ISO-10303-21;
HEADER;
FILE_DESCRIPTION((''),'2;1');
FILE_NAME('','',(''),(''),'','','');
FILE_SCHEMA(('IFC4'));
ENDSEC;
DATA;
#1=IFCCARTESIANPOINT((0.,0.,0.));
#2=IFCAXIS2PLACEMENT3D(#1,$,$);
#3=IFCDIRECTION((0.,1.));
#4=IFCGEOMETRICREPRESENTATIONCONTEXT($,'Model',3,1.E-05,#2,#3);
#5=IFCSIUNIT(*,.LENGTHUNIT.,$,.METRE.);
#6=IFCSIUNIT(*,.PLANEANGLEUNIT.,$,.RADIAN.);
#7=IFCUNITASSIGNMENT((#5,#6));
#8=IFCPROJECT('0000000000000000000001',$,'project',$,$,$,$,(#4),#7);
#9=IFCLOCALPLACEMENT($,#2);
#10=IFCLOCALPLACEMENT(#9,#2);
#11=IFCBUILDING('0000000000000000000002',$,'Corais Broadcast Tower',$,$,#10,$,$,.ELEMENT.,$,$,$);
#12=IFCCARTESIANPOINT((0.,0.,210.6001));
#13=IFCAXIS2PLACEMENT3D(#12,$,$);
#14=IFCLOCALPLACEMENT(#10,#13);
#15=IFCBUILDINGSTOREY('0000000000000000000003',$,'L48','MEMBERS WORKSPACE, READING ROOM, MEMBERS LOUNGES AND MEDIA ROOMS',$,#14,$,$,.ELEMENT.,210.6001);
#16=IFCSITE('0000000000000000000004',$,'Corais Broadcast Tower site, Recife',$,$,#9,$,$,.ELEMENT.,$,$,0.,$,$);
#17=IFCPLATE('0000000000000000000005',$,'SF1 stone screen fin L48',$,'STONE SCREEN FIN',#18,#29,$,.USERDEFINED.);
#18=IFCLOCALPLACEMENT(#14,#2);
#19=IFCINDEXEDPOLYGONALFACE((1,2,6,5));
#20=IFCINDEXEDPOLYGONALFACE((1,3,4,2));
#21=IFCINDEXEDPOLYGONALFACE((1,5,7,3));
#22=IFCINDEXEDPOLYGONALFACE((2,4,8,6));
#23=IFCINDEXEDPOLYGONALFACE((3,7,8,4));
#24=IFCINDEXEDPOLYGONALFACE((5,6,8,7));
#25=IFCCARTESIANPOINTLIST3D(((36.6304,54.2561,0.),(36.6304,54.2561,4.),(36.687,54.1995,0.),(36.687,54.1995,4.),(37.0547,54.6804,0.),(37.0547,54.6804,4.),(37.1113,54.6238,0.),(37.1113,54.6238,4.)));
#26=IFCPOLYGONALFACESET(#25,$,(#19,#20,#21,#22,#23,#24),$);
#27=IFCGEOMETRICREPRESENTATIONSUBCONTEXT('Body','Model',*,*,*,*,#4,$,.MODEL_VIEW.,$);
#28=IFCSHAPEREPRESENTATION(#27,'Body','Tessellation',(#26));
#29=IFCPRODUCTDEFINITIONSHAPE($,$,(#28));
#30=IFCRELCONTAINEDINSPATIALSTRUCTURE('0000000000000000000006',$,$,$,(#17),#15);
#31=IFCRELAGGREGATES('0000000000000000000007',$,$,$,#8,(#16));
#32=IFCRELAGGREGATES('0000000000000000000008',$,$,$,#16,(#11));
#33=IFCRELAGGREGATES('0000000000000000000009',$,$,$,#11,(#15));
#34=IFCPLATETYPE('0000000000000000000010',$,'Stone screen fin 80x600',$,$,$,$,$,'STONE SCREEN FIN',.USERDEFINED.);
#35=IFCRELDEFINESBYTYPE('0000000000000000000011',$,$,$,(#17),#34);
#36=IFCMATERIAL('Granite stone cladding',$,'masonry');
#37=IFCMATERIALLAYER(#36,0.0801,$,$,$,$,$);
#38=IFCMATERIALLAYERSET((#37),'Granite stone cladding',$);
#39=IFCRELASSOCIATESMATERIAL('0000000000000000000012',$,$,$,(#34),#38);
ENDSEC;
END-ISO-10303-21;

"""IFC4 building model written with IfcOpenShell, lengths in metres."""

from ifc_helpers import new_model, si_unit, direction, frame, origin, origin_2d, place, context, subcontext, project, spatial, rectangle, extrude, material, layer, layer_set, type_object, element, save


model = new_model("IFC4")

# Units and contexts
model_context = context("Model", 3, precision=1e-05, world=origin(), true_north=direction((0.0, 1.0)))
body_context = subcontext(model_context, "Body", "Model", "MODEL_VIEW")
ifc_project = project(units=[si_unit("LENGTHUNIT", "METRE"), si_unit("PLANEANGLEUNIT", "RADIAN")], contexts=[model_context])

# Site, building, storey
site_placement = place(None, origin())
site = spatial("IfcSite", under=ifc_project, at=site_placement, Name="Corais Broadcast Tower site, Recife", CompositionType="ELEMENT", RefElevation=0.0)
building_placement = place(site_placement, origin())
building = spatial("IfcBuilding", under=site, at=building_placement, Name="Corais Broadcast Tower", CompositionType="ELEMENT")
storey_placement = place(building_placement, frame((0.0, 0.0, 210.6001)))
storey = spatial("IfcBuildingStorey", under=building, at=storey_placement, Name="L48", Description="MEMBERS WORKSPACE, READING ROOM, MEMBERS LOUNGES AND MEDIA ROOMS", CompositionType="ELEMENT", Elevation=210.6001)

# Plate
ifc_material_1 = material(Name="Granite stone cladding", Category="masonry")
ifc_layer_1 = layer(ifc_material_1, 0.0801)
ifc_layer_set_1 = layer_set([ifc_layer_1], Name="Granite stone cladding")
plate_type_1 = type_object("IfcPlateType", Name="Stone screen fin 80x600", ElementType="STONE SCREEN FIN", PredefinedType="USERDEFINED", material=ifc_layer_set_1)
plate_1_placement = place(storey_placement, frame((36.8708, 54.4399, 0.0), z_axis=(0.0, 0.0, 1.0), x_axis=(0.707107, -0.707107, 0.0)))
element("IfcPlate", 1, at=plate_1_placement, inside=storey, type_object=plate_type_1, Name="SF1 stone screen fin L48", ObjectType="STONE SCREEN FIN", PredefinedType="USERDEFINED", context=body_context, shape_type="SweptSolid", body=[
    extrude(rectangle(XDim=0.0801, YDim=0.6001, at=origin_2d()), origin(), (0.0, 0.0, 1.0), 4.0),
])

save(model, "model.ifc")
